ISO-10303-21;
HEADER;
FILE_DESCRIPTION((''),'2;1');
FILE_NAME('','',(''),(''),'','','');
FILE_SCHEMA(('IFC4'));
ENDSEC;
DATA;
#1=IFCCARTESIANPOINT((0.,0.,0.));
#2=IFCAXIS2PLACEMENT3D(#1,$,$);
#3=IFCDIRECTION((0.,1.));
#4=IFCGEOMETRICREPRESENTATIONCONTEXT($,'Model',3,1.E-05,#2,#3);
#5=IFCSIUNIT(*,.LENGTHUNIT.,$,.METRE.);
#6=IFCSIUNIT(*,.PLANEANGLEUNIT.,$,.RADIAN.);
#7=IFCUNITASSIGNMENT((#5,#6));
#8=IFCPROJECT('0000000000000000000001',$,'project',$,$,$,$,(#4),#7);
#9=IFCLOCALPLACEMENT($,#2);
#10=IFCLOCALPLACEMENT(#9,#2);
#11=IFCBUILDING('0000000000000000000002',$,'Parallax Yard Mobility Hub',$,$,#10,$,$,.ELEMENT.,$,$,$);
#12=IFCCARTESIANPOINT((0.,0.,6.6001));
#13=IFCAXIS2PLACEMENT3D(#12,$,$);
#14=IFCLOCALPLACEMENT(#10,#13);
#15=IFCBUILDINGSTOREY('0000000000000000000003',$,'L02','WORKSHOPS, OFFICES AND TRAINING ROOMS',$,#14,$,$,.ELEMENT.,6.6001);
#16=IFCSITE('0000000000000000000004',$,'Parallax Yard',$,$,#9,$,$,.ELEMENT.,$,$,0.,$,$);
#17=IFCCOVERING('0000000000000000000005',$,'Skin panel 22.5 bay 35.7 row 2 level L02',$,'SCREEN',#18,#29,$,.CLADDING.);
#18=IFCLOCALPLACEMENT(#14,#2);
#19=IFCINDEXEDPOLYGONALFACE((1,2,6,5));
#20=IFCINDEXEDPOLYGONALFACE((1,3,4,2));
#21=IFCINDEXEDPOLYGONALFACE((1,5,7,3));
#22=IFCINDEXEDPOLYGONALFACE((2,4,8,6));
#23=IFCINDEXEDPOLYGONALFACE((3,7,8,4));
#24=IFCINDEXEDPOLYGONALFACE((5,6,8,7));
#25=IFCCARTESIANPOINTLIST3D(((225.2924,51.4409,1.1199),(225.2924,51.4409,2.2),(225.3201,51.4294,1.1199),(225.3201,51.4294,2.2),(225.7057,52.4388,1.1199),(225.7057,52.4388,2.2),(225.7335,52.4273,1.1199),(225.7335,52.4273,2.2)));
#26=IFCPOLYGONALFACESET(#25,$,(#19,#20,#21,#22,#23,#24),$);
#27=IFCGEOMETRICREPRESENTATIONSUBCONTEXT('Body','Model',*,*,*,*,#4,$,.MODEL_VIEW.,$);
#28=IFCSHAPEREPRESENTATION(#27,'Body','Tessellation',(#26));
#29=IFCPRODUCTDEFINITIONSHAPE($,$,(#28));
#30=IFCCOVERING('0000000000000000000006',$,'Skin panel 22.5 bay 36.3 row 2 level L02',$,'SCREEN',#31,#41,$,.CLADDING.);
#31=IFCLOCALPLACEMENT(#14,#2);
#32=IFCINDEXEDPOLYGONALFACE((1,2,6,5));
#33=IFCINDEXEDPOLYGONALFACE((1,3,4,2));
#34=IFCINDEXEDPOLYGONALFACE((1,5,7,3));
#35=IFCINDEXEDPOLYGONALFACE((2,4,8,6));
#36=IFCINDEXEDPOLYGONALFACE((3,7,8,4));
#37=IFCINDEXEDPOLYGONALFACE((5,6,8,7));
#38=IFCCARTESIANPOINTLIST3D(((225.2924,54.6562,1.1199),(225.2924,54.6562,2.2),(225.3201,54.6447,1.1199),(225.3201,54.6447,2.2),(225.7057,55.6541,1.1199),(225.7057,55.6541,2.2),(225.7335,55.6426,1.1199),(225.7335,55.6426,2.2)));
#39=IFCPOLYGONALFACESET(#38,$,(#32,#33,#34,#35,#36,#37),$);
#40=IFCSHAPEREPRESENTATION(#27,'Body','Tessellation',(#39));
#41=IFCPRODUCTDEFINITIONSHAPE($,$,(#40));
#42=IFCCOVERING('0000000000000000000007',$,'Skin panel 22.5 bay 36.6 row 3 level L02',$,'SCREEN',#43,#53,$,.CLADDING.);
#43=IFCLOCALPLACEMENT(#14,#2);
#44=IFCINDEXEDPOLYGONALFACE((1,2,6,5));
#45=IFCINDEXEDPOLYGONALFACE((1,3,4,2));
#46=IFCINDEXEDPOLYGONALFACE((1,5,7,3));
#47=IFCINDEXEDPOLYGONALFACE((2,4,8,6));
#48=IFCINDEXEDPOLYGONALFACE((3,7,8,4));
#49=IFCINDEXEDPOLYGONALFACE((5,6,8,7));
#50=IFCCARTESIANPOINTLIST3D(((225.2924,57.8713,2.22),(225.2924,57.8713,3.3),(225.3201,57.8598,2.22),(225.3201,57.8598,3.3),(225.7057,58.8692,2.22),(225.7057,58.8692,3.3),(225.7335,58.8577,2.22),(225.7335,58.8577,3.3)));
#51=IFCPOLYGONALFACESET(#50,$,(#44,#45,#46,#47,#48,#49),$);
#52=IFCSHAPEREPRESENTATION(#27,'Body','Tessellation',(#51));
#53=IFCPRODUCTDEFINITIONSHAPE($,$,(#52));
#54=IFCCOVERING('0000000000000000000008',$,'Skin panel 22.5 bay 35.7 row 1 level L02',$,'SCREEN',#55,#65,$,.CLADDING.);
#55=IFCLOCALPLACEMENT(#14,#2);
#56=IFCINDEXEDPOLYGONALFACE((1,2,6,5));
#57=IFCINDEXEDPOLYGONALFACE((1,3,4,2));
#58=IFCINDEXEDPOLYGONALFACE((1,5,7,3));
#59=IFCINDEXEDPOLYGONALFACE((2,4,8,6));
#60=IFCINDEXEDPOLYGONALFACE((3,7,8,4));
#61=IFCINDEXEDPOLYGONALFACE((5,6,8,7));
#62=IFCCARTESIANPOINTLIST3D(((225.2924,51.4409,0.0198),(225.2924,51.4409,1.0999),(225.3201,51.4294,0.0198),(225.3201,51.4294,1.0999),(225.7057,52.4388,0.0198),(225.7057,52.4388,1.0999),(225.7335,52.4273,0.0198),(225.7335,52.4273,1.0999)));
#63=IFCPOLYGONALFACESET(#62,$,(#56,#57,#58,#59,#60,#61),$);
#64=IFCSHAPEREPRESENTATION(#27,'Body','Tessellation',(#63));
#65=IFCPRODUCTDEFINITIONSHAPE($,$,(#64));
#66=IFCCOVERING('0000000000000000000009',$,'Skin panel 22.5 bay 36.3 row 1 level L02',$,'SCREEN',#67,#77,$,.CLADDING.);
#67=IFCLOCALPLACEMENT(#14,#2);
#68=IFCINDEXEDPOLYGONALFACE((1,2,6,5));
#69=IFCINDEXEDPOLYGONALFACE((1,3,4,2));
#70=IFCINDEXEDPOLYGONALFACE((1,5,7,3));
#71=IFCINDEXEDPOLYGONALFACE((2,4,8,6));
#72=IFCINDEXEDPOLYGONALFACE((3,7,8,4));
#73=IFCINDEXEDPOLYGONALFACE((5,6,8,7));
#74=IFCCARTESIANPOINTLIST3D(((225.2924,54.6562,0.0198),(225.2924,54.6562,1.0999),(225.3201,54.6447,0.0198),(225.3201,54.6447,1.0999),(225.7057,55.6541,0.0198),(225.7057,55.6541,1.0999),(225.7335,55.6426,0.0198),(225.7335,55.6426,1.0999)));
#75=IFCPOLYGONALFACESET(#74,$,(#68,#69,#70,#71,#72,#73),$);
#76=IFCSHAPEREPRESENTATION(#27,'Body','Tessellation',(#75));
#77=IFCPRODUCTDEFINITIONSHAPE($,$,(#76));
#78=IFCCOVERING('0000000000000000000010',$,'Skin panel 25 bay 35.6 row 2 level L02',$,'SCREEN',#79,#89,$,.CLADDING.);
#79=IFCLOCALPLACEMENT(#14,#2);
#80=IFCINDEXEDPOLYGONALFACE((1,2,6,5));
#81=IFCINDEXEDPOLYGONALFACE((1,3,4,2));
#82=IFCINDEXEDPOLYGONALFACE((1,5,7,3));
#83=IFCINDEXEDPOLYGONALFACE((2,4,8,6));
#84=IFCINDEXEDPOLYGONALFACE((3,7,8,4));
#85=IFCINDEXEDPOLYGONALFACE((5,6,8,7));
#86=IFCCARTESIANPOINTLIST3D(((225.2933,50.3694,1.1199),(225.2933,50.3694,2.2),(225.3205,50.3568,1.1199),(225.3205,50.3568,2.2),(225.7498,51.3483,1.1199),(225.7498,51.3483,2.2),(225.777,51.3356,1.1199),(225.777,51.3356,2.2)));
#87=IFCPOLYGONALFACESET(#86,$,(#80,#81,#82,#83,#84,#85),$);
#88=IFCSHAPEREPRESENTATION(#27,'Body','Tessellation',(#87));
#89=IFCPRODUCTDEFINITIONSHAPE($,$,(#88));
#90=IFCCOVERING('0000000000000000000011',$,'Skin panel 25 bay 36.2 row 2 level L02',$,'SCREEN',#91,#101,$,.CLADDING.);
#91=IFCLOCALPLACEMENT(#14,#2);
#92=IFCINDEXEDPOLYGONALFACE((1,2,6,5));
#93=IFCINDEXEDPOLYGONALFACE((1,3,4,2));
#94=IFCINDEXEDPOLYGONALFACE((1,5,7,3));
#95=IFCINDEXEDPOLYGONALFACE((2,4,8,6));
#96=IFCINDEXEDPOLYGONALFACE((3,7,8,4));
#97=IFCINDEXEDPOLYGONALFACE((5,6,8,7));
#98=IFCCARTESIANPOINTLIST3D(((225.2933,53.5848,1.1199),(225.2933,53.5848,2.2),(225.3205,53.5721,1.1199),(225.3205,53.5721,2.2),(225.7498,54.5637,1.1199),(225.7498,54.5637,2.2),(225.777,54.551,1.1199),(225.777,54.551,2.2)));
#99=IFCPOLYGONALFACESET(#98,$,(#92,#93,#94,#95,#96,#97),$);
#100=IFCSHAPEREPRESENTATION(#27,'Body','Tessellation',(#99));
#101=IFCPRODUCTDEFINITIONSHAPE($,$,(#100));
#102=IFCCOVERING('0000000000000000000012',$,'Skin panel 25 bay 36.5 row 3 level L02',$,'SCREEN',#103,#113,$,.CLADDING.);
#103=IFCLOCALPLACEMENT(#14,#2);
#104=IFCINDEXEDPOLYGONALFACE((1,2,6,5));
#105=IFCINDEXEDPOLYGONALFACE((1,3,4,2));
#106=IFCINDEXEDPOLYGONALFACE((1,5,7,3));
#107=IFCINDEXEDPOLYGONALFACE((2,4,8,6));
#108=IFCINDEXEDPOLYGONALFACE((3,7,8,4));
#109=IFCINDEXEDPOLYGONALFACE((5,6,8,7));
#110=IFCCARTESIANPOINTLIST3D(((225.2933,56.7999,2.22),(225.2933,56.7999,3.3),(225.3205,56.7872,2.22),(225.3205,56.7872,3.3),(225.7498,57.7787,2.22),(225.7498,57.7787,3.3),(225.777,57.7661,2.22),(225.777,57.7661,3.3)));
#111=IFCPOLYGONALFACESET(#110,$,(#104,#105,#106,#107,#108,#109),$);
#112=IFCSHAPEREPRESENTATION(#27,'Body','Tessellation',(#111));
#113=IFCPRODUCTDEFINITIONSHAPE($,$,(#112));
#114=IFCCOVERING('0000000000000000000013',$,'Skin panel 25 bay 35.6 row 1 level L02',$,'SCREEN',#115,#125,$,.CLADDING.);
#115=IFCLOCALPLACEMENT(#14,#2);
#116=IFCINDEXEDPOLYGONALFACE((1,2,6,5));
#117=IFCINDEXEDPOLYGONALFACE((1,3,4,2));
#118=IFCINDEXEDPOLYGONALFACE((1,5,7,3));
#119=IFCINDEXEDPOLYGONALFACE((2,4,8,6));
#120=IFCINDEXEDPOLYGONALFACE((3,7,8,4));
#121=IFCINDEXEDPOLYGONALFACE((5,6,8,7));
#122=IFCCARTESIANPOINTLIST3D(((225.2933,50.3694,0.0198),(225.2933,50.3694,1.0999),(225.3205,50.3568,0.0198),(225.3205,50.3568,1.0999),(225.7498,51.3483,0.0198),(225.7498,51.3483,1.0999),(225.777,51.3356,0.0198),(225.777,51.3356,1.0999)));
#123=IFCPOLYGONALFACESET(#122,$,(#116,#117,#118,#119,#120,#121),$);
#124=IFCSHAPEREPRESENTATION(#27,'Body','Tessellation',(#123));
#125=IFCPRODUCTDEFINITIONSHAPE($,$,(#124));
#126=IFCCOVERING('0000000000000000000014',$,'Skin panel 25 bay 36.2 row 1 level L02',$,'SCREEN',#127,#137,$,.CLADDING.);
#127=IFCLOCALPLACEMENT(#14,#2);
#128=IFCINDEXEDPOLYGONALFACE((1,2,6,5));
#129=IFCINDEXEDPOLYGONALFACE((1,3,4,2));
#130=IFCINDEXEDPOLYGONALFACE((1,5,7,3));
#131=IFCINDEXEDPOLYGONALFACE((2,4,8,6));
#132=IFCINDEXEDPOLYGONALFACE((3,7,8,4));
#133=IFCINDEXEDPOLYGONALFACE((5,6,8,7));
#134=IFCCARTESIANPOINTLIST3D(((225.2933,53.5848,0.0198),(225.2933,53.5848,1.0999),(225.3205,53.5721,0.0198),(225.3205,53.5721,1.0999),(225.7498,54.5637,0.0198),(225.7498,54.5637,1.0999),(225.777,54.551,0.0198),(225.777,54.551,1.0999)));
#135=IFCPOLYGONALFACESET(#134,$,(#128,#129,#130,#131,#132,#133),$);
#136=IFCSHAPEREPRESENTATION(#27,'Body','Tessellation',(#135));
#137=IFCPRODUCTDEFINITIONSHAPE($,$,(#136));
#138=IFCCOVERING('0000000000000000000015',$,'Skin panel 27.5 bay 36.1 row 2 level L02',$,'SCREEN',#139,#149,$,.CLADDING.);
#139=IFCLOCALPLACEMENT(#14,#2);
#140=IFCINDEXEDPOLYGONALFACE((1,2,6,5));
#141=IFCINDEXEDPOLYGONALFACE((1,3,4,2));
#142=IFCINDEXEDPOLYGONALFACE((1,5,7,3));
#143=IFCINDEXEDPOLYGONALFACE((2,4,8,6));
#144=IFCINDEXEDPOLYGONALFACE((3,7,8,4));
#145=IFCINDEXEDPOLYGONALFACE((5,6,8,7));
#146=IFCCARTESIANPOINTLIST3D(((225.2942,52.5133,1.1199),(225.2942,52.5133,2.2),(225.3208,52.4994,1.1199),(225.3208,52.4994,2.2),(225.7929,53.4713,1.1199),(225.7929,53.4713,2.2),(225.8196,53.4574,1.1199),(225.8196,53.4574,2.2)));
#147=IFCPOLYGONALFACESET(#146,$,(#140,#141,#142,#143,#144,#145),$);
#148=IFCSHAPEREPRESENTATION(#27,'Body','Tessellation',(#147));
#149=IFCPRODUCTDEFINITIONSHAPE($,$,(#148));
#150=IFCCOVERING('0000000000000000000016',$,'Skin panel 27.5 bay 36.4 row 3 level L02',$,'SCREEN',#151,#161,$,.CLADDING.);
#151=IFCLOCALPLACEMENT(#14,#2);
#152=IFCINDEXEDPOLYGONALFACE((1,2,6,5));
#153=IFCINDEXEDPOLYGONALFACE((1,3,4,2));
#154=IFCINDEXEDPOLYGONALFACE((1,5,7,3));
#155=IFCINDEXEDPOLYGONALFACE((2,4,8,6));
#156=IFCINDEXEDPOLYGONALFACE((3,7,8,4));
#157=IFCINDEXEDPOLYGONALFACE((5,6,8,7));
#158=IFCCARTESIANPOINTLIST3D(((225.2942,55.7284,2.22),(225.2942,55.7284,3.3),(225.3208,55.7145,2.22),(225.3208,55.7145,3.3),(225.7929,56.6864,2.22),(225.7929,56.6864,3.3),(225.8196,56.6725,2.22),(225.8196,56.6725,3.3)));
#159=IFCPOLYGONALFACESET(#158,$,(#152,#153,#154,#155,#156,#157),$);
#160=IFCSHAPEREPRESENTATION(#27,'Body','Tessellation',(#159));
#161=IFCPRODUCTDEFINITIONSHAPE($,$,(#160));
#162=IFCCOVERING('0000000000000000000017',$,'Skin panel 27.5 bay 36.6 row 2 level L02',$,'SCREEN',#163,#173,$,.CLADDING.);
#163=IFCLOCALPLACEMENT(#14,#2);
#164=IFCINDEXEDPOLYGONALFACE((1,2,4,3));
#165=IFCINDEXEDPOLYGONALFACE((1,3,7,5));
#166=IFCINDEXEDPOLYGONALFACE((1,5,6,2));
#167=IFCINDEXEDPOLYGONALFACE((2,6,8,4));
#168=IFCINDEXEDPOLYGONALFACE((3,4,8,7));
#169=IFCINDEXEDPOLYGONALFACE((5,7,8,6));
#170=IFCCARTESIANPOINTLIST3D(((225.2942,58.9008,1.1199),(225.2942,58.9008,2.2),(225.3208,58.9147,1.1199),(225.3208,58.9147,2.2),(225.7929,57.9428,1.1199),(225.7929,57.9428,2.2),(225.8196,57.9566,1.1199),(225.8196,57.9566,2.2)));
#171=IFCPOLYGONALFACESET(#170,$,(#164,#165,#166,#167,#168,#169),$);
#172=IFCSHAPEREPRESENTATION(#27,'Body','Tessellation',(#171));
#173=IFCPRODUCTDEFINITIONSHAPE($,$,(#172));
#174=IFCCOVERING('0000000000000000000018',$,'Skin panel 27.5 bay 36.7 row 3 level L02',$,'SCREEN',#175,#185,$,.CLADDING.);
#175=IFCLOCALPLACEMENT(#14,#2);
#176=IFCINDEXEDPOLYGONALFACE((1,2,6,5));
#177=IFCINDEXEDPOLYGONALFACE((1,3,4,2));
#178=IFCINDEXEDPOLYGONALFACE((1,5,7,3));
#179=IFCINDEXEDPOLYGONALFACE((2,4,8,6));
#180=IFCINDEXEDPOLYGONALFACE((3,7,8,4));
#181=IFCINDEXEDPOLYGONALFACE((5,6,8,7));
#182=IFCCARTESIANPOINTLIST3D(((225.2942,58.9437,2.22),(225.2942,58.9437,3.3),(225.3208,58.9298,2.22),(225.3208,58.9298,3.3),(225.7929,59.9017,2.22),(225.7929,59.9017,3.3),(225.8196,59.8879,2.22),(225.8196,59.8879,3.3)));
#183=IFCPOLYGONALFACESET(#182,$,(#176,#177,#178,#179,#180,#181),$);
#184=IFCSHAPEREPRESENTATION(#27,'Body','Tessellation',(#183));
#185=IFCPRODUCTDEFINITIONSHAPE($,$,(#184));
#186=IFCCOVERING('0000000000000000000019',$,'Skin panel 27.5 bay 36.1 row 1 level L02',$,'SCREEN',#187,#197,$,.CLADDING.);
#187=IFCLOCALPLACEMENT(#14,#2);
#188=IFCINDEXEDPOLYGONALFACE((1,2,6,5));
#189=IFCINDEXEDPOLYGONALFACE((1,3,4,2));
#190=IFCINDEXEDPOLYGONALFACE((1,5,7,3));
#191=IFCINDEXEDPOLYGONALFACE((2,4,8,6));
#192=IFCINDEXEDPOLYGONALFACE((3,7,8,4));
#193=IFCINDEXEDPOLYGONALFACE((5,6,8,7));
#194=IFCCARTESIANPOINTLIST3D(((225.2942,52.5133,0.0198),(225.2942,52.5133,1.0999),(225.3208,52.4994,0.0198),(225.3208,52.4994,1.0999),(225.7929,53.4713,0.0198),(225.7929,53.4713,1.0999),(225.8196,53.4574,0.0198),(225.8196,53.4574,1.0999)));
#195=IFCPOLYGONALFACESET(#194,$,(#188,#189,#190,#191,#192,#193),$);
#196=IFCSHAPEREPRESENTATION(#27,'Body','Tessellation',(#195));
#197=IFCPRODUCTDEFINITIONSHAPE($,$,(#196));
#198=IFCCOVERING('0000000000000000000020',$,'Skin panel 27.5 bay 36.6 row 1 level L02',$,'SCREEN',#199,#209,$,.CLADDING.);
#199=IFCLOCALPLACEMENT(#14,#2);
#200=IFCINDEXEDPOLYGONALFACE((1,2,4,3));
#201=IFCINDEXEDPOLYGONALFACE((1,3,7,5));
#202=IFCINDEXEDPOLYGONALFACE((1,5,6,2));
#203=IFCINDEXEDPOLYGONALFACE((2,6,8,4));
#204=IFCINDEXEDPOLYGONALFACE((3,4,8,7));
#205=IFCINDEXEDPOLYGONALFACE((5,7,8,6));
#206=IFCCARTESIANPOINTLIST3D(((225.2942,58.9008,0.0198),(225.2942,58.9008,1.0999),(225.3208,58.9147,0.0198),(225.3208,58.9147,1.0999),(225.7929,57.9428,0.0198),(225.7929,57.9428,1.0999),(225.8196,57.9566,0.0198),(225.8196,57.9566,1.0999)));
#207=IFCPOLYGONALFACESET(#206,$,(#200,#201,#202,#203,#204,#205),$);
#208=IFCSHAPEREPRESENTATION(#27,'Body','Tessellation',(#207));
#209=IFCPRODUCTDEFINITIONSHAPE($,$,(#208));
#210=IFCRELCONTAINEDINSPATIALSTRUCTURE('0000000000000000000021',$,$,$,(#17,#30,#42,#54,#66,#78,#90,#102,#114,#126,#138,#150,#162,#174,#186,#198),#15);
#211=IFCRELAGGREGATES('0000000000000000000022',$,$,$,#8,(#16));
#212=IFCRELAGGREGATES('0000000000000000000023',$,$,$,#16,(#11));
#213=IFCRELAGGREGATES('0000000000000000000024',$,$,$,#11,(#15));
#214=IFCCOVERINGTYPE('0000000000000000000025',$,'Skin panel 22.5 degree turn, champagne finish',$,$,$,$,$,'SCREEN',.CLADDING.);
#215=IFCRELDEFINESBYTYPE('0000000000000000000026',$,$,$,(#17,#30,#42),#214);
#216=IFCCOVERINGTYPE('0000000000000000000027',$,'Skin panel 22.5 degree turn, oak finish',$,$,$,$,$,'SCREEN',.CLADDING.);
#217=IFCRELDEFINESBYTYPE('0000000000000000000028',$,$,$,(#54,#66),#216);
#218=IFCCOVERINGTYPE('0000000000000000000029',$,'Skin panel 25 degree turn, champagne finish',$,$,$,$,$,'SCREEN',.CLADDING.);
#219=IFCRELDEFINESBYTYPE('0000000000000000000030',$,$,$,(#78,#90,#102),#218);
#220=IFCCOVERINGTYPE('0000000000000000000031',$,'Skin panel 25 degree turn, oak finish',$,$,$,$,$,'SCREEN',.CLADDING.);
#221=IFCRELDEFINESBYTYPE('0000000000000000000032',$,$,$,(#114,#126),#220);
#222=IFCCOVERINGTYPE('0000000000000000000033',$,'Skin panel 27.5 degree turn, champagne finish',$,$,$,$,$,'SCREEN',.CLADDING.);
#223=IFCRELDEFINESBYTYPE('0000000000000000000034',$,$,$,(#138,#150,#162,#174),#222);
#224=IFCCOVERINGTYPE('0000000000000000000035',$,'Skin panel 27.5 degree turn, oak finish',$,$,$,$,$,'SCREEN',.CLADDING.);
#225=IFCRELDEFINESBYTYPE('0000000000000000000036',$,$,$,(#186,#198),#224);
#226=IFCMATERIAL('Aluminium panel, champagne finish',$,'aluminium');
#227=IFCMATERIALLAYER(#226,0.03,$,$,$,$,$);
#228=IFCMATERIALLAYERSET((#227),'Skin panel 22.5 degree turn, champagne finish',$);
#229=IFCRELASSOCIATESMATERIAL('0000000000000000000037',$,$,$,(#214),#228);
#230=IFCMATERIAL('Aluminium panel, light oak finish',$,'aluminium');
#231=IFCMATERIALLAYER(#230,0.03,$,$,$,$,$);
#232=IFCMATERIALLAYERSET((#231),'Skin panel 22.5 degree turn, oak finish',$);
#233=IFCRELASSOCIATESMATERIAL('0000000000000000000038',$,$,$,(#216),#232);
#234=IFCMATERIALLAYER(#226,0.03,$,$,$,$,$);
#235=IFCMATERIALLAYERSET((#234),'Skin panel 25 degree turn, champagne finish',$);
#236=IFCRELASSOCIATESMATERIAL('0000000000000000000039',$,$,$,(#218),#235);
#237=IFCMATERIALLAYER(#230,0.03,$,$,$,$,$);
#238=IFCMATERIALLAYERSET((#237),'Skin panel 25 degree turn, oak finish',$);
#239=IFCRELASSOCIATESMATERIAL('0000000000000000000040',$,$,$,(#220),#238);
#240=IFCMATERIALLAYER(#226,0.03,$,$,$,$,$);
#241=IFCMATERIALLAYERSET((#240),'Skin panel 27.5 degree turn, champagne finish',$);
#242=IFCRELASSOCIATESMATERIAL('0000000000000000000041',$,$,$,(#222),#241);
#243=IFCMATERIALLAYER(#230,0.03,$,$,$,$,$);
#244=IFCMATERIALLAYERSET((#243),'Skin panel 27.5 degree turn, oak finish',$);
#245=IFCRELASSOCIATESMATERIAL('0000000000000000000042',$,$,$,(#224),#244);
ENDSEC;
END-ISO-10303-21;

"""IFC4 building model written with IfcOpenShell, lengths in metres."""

from ifc_helpers import new_model, si_unit, direction, frame, origin, origin_2d, place, context, subcontext, project, spatial, rectangle, extrude, material, layer, layer_set, type_object, element, save


model = new_model("IFC4")

# Units and contexts
model_context = context("Model", 3, precision=1e-05, world=origin(), true_north=direction((0.0, 1.0)))
body_context = subcontext(model_context, "Body", "Model", "MODEL_VIEW")
ifc_project = project(units=[si_unit("LENGTHUNIT", "METRE"), si_unit("PLANEANGLEUNIT", "RADIAN")], contexts=[model_context])

# Site, building, storey
site_placement = place(None, origin())
site = spatial("IfcSite", under=ifc_project, at=site_placement, Name="Parallax Yard", CompositionType="ELEMENT", RefElevation=0.0)
building_placement = place(site_placement, origin())
building = spatial("IfcBuilding", under=site, at=building_placement, Name="Parallax Yard Mobility Hub", CompositionType="ELEMENT")
storey_placement = place(building_placement, frame((0.0, 0.0, 6.6001)))
storey = spatial("IfcBuildingStorey", under=building, at=storey_placement, Name="L02", Description="WORKSHOPS, OFFICES AND TRAINING ROOMS", CompositionType="ELEMENT", Elevation=6.6001)

# Coverings
ifc_material_1 = material(Name="Aluminium panel, champagne finish", Category="aluminium")
ifc_layer_1 = layer(ifc_material_1, 0.03)
ifc_layer_set_1 = layer_set([ifc_layer_1], Name="Skin panel 22.5 degree turn, champagne finish")
covering_type_1 = type_object("IfcCoveringType", Name="Skin panel 22.5 degree turn, champagne finish", ElementType="SCREEN", PredefinedType="CLADDING", material=ifc_layer_set_1)
for number, where, z_axis, x_axis, name in (
    (1, (225.5129, 51.9341, 1.1199), (0.0, 0.0, 1.0), (0.382683, 0.92388, 0.0), "Skin panel 22.5 bay 35.7 row 2 level L02"),
    (2, (225.5129, 55.1494, 1.1199), (0.0, 0.0, 1.0), (0.382683, 0.92388, 0.0), "Skin panel 22.5 bay 36.3 row 2 level L02"),
    (3, (225.5129, 58.3645, 2.22), (0.0, 0.0, 1.0), (0.382683, 0.92388, 0.0), "Skin panel 22.5 bay 36.6 row 3 level L02"),
):
    element("IfcCovering", number, at=place(storey_placement, frame(where, z_axis=z_axis, x_axis=x_axis)), inside=storey, type_object=covering_type_1, Name=name, ObjectType="SCREEN", PredefinedType="CLADDING", context=body_context, shape_type="SweptSolid", body=[
        extrude(rectangle(XDim=1.0801, YDim=0.03, at=origin_2d()), origin(), (0.0, 0.0, 1.0), 1.0801),
    ])
ifc_material_2 = material(Name="Aluminium panel, light oak finish", Category="aluminium")
ifc_layer_2 = layer(ifc_material_2, 0.03)
ifc_layer_set_2 = layer_set([ifc_layer_2], Name="Skin panel 22.5 degree turn, oak finish")
covering_type_2 = type_object("IfcCoveringType", Name="Skin panel 22.5 degree turn, oak finish", ElementType="SCREEN", PredefinedType="CLADDING", material=ifc_layer_set_2)
for number, where, z_axis, x_axis, name in (
    (4, (225.5129, 51.9341, 0.0198), (0.0, 0.0, 1.0), (0.382683, 0.92388, 0.0), "Skin panel 22.5 bay 35.7 row 1 level L02"),
    (5, (225.5129, 55.1494, 0.0198), (0.0, 0.0, 1.0), (0.382683, 0.92388, 0.0), "Skin panel 22.5 bay 36.3 row 1 level L02"),
):
    element("IfcCovering", number, at=place(storey_placement, frame(where, z_axis=z_axis, x_axis=x_axis)), inside=storey, type_object=covering_type_2, Name=name, ObjectType="SCREEN", PredefinedType="CLADDING", context=body_context, shape_type="SweptSolid", body=[
        extrude(rectangle(XDim=1.0801, YDim=0.03, at=origin_2d()), origin(), (0.0, 0.0, 1.0), 1.0801),
    ])
ifc_layer_3 = layer(ifc_material_1, 0.03)
ifc_layer_set_3 = layer_set([ifc_layer_3], Name="Skin panel 25 degree turn, champagne finish")
covering_type_3 = type_object("IfcCoveringType", Name="Skin panel 25 degree turn, champagne finish", ElementType="SCREEN", PredefinedType="CLADDING", material=ifc_layer_set_3)
for number, where, z_axis, x_axis, name in (
    (6, (225.5352, 50.8525, 1.1199), (0.0, 0.0, 1.0), (0.422618, 0.906308, 0.0), "Skin panel 25 bay 35.6 row 2 level L02"),
    (7, (225.5352, 54.0679, 1.1199), (0.0, 0.0, 1.0), (0.422618, 0.906308, 0.0), "Skin panel 25 bay 36.2 row 2 level L02"),
    (8, (225.5352, 57.283, 2.22), (0.0, 0.0, 1.0), (0.422618, 0.906308, 0.0), "Skin panel 25 bay 36.5 row 3 level L02"),
):
    element("IfcCovering", number, at=place(storey_placement, frame(where, z_axis=z_axis, x_axis=x_axis)), inside=storey, type_object=covering_type_3, Name=name, ObjectType="SCREEN", PredefinedType="CLADDING", context=body_context, shape_type="SweptSolid", body=[
        extrude(rectangle(XDim=1.0801, YDim=0.03, at=origin_2d()), origin(), (0.0, 0.0, 1.0), 1.0801),
    ])
ifc_layer_4 = layer(ifc_material_2, 0.03)
ifc_layer_set_4 = layer_set([ifc_layer_4], Name="Skin panel 25 degree turn, oak finish")
covering_type_4 = type_object("IfcCoveringType", Name="Skin panel 25 degree turn, oak finish", ElementType="SCREEN", PredefinedType="CLADDING", material=ifc_layer_set_4)
for number, where, z_axis, x_axis, name in (
    (9, (225.5352, 50.8525, 0.0198), (0.0, 0.0, 1.0), (0.422618, 0.906308, 0.0), "Skin panel 25 bay 35.6 row 1 level L02"),
    (10, (225.5352, 54.0679, 0.0198), (0.0, 0.0, 1.0), (0.422618, 0.906308, 0.0), "Skin panel 25 bay 36.2 row 1 level L02"),
):
    element("IfcCovering", number, at=place(storey_placement, frame(where, z_axis=z_axis, x_axis=x_axis)), inside=storey, type_object=covering_type_4, Name=name, ObjectType="SCREEN", PredefinedType="CLADDING", context=body_context, shape_type="SweptSolid", body=[
        extrude(rectangle(XDim=1.0801, YDim=0.03, at=origin_2d()), origin(), (0.0, 0.0, 1.0), 1.0801),
    ])
ifc_layer_5 = layer(ifc_material_1, 0.03)
ifc_layer_set_5 = layer_set([ifc_layer_5], Name="Skin panel 27.5 degree turn, champagne finish")
covering_type_5 = type_object("IfcCoveringType", Name="Skin panel 27.5 degree turn, champagne finish", ElementType="SCREEN", PredefinedType="CLADDING", material=ifc_layer_set_5)
for number, where, z_axis, x_axis, name in (
    (11, (225.5569, 52.9854, 1.1199), (0.0, 0.0, 1.0), (0.461749, 0.887011, 0.0), "Skin panel 27.5 bay 36.1 row 2 level L02"),
    (12, (225.5569, 56.2004, 2.22), (0.0, 0.0, 1.0), (0.461749, 0.887011, 0.0), "Skin panel 27.5 bay 36.4 row 3 level L02"),
    (13, (225.5569, 58.4287, 1.1199), (0.0, 0.0, 1.0), (0.461749, -0.887011, 0.0), "Skin panel 27.5 bay 36.6 row 2 level L02"),
    (14, (225.5569, 59.4158, 2.22), (0.0, 0.0, 1.0), (0.461749, 0.887011, 0.0), "Skin panel 27.5 bay 36.7 row 3 level L02"),
):
    element("IfcCovering", number, at=place(storey_placement, frame(where, z_axis=z_axis, x_axis=x_axis)), inside=storey, type_object=covering_type_5, Name=name, ObjectType="SCREEN", PredefinedType="CLADDING", context=body_context, shape_type="SweptSolid", body=[
        extrude(rectangle(XDim=1.0801, YDim=0.03, at=origin_2d()), origin(), (0.0, 0.0, 1.0), 1.0801),
    ])
ifc_layer_6 = layer(ifc_material_2, 0.03)
ifc_layer_set_6 = layer_set([ifc_layer_6], Name="Skin panel 27.5 degree turn, oak finish")
covering_type_6 = type_object("IfcCoveringType", Name="Skin panel 27.5 degree turn, oak finish", ElementType="SCREEN", PredefinedType="CLADDING", material=ifc_layer_set_6)
for number, where, z_axis, x_axis, name in (
    (15, (225.5569, 52.9854, 0.0198), (0.0, 0.0, 1.0), (0.461749, 0.887011, 0.0), "Skin panel 27.5 bay 36.1 row 1 level L02"),
    (16, (225.5569, 58.4287, 0.0198), (0.0, 0.0, 1.0), (0.461749, -0.887011, 0.0), "Skin panel 27.5 bay 36.6 row 1 level L02"),
):
    element("IfcCovering", number, at=place(storey_placement, frame(where, z_axis=z_axis, x_axis=x_axis)), inside=storey, type_object=covering_type_6, Name=name, ObjectType="SCREEN", PredefinedType="CLADDING", context=body_context, shape_type="SweptSolid", body=[
        extrude(rectangle(XDim=1.0801, YDim=0.03, at=origin_2d()), origin(), (0.0, 0.0, 1.0), 1.0801),
    ])

save(model, "model.ifc")
